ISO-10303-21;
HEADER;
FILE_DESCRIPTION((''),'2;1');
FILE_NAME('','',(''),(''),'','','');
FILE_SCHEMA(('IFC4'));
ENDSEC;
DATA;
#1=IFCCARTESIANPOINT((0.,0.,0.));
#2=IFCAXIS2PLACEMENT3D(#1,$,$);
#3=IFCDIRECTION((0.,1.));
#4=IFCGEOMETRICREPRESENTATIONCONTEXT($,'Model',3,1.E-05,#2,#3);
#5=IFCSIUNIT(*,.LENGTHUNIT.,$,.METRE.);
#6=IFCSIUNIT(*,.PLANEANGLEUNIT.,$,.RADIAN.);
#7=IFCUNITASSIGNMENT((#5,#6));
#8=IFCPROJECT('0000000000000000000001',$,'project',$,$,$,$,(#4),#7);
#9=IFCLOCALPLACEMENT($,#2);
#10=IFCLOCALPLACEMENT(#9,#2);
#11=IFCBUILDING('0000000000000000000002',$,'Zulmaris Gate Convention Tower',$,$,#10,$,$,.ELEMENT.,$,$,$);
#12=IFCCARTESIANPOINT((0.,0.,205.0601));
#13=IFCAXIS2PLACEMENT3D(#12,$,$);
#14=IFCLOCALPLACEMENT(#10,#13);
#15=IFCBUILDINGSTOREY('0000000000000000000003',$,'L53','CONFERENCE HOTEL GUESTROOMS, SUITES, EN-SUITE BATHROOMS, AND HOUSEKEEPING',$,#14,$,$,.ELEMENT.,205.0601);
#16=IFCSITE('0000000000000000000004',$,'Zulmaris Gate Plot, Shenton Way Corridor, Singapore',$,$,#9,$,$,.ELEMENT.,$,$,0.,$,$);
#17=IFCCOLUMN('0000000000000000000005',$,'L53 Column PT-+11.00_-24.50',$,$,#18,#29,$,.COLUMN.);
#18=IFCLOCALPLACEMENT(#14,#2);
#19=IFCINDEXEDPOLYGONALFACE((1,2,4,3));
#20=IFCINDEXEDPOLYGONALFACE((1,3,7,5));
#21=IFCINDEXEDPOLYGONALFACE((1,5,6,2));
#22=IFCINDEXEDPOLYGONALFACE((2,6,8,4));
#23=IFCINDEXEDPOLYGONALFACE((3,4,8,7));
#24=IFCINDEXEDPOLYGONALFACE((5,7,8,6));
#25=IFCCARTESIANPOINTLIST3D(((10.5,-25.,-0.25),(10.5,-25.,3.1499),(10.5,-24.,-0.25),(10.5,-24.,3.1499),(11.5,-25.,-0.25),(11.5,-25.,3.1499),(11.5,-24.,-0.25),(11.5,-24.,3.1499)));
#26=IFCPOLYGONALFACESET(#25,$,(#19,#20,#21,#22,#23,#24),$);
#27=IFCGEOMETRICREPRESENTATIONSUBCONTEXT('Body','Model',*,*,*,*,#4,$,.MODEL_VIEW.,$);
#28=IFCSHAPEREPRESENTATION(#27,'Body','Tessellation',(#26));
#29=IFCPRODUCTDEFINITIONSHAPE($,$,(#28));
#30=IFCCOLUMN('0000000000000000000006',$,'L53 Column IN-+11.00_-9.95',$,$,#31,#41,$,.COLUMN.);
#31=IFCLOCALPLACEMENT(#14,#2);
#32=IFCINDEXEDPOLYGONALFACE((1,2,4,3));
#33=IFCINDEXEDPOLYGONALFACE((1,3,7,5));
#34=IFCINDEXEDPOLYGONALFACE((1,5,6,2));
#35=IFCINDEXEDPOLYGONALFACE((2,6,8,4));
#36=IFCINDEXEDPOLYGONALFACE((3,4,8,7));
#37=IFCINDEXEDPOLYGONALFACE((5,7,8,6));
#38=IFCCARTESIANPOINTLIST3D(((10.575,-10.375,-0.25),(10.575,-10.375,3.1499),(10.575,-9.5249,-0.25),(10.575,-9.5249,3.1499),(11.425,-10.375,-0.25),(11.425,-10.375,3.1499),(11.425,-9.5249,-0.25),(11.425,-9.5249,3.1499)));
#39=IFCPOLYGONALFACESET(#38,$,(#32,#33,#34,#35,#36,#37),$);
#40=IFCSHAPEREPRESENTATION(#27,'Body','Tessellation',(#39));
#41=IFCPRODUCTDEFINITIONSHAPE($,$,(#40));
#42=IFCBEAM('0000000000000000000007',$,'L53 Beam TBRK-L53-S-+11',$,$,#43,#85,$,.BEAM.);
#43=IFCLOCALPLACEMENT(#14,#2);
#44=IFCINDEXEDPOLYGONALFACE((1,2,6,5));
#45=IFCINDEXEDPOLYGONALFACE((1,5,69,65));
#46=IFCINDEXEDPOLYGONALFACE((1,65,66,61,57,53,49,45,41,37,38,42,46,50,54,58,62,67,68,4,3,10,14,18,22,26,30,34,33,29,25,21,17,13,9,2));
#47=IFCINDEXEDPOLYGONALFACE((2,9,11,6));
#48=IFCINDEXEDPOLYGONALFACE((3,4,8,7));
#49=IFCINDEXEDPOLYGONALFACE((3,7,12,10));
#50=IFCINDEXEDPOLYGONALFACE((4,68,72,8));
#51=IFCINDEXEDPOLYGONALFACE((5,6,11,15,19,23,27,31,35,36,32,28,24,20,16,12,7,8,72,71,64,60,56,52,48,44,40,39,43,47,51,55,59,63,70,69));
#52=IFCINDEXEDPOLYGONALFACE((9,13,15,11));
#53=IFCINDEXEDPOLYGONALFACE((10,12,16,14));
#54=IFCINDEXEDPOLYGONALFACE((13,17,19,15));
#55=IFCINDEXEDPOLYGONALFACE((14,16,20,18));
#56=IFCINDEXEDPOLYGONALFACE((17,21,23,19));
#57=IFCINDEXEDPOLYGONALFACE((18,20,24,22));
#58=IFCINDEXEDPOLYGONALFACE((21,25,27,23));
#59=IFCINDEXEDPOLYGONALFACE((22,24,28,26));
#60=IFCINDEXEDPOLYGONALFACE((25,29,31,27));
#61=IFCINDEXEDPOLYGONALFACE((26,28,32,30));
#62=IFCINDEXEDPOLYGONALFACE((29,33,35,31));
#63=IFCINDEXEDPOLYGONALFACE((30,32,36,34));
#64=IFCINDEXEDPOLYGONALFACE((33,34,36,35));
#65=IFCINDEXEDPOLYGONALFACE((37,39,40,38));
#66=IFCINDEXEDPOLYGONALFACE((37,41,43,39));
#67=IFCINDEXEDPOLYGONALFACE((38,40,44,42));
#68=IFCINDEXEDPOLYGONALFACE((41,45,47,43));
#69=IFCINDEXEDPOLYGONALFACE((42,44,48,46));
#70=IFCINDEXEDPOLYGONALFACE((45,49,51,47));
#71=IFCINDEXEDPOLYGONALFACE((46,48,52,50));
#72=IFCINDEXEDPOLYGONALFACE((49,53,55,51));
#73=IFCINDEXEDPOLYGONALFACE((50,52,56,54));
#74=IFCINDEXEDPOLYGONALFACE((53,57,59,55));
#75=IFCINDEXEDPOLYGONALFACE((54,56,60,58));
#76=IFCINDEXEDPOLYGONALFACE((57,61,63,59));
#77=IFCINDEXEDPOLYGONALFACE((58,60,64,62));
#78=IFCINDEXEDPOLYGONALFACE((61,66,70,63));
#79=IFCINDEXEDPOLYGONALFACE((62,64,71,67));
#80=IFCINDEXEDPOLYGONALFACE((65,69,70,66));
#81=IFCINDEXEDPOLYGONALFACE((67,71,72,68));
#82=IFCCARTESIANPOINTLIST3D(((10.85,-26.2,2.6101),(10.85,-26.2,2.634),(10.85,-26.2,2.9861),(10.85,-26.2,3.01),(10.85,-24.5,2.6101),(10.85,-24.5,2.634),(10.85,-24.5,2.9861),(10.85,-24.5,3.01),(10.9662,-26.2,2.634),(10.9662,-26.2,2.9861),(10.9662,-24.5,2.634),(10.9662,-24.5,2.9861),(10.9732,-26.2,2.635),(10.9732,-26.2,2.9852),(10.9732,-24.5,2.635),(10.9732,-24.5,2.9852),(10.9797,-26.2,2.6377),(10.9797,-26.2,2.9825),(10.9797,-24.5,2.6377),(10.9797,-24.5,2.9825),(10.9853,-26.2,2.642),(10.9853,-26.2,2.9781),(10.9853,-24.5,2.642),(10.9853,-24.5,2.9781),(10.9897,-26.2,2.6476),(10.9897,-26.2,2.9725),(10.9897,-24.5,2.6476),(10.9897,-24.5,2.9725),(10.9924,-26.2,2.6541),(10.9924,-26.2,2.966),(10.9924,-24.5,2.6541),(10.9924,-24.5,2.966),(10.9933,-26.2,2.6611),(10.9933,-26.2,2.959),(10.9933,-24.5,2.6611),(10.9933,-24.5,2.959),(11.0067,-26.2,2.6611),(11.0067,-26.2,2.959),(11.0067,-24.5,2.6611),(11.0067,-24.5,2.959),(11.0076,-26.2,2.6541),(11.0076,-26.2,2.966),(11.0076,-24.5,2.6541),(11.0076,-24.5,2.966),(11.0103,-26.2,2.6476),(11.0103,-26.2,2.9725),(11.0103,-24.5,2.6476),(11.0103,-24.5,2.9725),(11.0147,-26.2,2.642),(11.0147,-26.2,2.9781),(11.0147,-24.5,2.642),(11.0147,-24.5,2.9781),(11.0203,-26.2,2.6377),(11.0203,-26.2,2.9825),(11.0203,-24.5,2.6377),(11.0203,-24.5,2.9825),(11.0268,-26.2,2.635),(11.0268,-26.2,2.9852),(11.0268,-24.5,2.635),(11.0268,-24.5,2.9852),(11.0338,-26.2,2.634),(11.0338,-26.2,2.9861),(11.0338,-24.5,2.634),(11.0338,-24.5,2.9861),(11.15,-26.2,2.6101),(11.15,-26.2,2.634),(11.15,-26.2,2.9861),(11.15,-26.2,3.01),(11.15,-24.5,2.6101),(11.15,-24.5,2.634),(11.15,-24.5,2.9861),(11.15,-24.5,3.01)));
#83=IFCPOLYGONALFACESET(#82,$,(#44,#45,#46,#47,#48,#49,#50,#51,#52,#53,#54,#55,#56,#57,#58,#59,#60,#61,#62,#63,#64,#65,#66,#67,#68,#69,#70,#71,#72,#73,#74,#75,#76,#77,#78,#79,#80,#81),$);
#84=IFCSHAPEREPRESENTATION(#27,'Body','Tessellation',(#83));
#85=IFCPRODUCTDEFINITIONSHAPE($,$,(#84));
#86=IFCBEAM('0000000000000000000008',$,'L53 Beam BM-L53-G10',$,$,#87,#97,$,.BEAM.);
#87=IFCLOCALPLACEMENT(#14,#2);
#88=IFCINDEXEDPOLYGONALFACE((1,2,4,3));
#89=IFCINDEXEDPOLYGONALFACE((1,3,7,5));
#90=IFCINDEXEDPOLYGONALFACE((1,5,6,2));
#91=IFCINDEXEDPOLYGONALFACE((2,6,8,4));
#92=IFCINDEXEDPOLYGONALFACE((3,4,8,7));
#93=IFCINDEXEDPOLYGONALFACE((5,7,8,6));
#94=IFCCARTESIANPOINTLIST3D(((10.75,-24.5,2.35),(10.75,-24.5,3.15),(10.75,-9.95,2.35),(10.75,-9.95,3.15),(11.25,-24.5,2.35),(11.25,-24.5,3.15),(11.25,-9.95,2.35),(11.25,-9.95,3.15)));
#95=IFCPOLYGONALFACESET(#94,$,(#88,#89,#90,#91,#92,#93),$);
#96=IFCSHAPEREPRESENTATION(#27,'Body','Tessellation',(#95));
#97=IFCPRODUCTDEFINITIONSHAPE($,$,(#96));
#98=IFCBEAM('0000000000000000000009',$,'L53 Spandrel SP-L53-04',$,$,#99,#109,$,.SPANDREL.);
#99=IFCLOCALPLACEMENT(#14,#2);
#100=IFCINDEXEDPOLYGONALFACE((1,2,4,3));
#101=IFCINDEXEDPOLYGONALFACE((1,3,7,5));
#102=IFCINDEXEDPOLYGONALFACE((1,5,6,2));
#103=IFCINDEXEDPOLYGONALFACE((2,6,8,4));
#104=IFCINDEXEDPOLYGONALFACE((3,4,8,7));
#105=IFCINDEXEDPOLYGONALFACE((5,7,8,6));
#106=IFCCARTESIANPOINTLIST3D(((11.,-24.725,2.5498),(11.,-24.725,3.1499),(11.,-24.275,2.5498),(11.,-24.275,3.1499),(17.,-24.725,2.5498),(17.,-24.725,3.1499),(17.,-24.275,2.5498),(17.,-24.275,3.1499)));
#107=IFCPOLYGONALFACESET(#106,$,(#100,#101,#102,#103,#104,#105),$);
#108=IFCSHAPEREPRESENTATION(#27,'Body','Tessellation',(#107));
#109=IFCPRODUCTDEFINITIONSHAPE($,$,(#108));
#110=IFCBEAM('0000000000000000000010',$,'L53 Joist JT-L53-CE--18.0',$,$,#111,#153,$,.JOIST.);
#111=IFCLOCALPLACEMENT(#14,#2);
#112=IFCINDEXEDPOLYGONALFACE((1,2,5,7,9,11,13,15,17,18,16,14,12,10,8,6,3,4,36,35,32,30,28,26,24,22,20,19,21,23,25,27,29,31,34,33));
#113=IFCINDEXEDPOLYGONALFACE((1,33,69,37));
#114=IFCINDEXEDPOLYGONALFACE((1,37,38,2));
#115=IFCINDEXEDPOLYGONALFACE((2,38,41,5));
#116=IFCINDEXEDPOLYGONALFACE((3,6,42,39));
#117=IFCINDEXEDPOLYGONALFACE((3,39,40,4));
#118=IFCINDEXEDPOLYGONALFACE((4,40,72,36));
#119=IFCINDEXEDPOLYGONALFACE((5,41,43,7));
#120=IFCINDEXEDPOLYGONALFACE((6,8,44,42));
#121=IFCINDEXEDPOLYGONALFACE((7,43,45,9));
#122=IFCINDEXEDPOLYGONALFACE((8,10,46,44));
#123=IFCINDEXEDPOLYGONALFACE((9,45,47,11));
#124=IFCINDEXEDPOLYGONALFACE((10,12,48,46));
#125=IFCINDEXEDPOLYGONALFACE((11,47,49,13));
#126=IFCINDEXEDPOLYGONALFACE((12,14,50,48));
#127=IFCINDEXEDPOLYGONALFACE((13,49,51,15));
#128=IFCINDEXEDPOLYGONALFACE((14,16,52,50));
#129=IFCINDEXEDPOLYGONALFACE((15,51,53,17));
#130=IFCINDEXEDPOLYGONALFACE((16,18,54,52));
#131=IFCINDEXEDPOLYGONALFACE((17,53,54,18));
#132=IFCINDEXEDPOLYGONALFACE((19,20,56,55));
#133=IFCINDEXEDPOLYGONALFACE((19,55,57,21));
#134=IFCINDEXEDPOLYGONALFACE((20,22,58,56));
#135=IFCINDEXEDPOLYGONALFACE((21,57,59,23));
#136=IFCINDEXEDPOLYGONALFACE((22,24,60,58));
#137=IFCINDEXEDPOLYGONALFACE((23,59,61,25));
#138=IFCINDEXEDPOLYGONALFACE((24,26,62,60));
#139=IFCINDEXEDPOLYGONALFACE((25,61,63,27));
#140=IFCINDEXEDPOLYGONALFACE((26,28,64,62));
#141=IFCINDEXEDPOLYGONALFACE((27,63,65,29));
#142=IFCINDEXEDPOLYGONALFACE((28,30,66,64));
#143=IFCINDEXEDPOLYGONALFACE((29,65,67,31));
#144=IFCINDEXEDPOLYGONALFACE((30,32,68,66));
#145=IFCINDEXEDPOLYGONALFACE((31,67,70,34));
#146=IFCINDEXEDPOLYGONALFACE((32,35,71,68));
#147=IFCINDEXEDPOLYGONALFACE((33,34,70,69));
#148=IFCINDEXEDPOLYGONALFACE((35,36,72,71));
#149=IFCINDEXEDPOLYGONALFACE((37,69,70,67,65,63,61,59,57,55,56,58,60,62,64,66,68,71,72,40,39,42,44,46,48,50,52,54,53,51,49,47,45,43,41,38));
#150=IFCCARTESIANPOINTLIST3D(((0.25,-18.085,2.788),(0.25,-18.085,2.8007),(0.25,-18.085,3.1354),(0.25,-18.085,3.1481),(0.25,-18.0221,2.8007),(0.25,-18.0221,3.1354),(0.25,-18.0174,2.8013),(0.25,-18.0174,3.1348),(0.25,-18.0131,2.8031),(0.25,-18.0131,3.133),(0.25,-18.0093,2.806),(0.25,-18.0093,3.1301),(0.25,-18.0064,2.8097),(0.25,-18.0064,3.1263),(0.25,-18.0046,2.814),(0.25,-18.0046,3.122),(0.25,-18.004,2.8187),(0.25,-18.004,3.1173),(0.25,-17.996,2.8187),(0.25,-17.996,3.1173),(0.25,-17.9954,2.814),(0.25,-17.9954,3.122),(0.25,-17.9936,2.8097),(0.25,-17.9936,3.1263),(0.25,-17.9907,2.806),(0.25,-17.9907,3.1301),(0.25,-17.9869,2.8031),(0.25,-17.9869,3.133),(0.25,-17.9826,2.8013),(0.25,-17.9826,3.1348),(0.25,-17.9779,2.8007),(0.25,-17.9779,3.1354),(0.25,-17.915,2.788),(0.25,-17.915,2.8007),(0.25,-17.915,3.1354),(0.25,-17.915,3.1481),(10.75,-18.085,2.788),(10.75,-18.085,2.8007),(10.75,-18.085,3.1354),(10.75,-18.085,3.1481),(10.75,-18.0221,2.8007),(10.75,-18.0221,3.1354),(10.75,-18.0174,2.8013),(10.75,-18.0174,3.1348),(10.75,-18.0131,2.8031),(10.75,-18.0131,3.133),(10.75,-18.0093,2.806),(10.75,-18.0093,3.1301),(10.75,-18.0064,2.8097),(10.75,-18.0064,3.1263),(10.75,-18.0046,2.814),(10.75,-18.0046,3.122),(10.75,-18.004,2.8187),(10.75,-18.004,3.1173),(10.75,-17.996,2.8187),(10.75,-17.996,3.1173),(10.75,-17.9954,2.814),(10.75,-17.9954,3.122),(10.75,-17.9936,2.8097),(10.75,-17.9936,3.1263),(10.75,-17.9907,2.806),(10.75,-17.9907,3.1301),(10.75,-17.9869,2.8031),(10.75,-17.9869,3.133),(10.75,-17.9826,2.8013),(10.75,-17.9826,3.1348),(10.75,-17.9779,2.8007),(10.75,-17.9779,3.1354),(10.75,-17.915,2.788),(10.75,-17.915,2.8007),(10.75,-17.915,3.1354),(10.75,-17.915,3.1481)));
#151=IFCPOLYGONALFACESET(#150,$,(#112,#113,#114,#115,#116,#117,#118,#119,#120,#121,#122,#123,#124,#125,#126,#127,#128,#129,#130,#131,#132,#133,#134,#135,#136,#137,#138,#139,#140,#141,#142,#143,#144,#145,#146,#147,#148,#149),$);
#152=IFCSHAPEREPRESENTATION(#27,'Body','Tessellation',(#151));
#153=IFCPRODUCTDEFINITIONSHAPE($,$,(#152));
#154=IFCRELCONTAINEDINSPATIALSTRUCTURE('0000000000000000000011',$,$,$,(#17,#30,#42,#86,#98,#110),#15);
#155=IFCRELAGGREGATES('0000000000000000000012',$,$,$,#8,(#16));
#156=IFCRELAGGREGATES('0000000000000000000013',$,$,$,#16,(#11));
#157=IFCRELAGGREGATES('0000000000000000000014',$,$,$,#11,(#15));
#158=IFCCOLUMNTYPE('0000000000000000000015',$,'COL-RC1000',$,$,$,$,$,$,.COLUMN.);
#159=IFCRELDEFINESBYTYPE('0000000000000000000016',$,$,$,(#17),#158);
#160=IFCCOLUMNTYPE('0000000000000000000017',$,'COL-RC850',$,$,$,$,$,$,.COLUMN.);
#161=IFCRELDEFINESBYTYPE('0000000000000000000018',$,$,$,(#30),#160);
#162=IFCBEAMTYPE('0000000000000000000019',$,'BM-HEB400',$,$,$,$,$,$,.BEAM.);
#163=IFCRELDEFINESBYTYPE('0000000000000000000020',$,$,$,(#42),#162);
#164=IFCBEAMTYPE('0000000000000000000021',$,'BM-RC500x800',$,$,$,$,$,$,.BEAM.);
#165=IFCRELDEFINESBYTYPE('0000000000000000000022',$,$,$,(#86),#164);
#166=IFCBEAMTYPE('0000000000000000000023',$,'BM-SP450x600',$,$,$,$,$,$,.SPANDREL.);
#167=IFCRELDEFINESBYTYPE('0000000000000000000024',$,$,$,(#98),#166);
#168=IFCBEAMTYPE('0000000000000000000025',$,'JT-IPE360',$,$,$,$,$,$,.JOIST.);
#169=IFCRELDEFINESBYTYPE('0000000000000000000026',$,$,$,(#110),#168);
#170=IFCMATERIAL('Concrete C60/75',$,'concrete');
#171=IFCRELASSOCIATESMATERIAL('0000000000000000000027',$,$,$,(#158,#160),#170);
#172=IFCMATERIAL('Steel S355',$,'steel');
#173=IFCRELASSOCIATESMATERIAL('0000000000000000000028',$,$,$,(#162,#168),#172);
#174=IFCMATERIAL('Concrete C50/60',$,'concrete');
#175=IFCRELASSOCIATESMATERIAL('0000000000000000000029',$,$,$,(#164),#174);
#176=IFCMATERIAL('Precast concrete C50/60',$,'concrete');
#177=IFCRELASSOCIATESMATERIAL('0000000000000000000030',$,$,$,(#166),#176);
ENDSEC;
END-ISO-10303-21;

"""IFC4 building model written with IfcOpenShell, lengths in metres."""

from ifc_helpers import new_model, si_unit, direction, frame, origin, origin_2d, place, context, subcontext, project, spatial, rectangle, i_section, extrude, material, material_profile, profile_set, type_object, element, save


model = new_model("IFC4")

# Units and contexts
model_context = context("Model", 3, precision=1e-05, world=origin(), true_north=direction((0.0, 1.0)))
body_context = subcontext(model_context, "Body", "Model", "MODEL_VIEW")
ifc_project = project(units=[si_unit("LENGTHUNIT", "METRE"), si_unit("PLANEANGLEUNIT", "RADIAN")], contexts=[model_context])

# Site, building, storey
site_placement = place(None, origin())
site = spatial("IfcSite", under=ifc_project, at=site_placement, Name="Zulmaris Gate Plot, Shenton Way Corridor, Singapore", CompositionType="ELEMENT", RefElevation=0.0)
building_placement = place(site_placement, origin())
building = spatial("IfcBuilding", under=site, at=building_placement, Name="Zulmaris Gate Convention Tower", CompositionType="ELEMENT")
storey_placement = place(building_placement, frame((0.0, 0.0, 205.0601)))
storey = spatial("IfcBuildingStorey", under=building, at=storey_placement, Name="L53", Description="CONFERENCE HOTEL GUESTROOMS, SUITES, EN-SUITE BATHROOMS, AND HOUSEKEEPING", CompositionType="ELEMENT", Elevation=205.0601)

# Columns
ifc_material_1 = material(Name="Concrete C60/75", Category="concrete")
ifc_material_profile_1 = material_profile(ifc_material_1, rectangle(XDim=1.0, YDim=1.0, at=origin_2d()), Name="RC COL 1000x1000")
ifc_profile_set_1 = profile_set([ifc_material_profile_1], Name="Concrete C60/75")
column_type_1 = type_object("IfcColumnType", Name="COL-RC1000", PredefinedType="COLUMN", material=ifc_profile_set_1)
column_1_placement = place(storey_placement, frame((11.0, -24.5, -0.25), z_axis=(0.0, 0.0, 1.0), x_axis=(1.0, 0.0, 0.0)))
element("IfcColumn", 1, at=column_1_placement, inside=storey, type_object=column_type_1, Name="L53 Column PT-+11.00_-24.50", PredefinedType="COLUMN", context=body_context, shape_type="SweptSolid", body=[
    extrude(rectangle(XDim=1.0, YDim=1.0, at=origin_2d()), origin(), (0.0, 0.0, 1.0), 3.3999),
])
ifc_material_profile_2 = material_profile(ifc_material_1, rectangle(XDim=0.8501, YDim=0.8501, at=origin_2d()), Name="RC COL 850x850")
ifc_profile_set_2 = profile_set([ifc_material_profile_2], Name="Concrete C60/75")
column_type_2 = type_object("IfcColumnType", Name="COL-RC850", PredefinedType="COLUMN", material=ifc_profile_set_2)
column_2_placement = place(storey_placement, frame((11.0, -9.95, -0.25), z_axis=(0.0, 0.0, 1.0), x_axis=(1.0, 0.0, 0.0)))
element("IfcColumn", 2, at=column_2_placement, inside=storey, type_object=column_type_2, Name="L53 Column IN-+11.00_-9.95", PredefinedType="COLUMN", context=body_context, shape_type="SweptSolid", body=[
    extrude(rectangle(XDim=0.8501, YDim=0.8501, at=origin_2d()), origin(), (0.0, 0.0, 1.0), 3.3999),
])

# Beams
ifc_material_2 = material(Name="Steel S355", Category="steel")
ifc_material_profile_3 = material_profile(ifc_material_2, i_section(OverallWidth=0.3, OverallDepth=0.3999, WebThickness=0.0134, FlangeThickness=0.0239, FilletRadius=0.0271, at=origin_2d()), Name="HEB 400")
ifc_profile_set_3 = profile_set([ifc_material_profile_3], Name="Steel S355")
beam_type_1 = type_object("IfcBeamType", Name="BM-HEB400", PredefinedType="BEAM", material=ifc_profile_set_3)
beam_1_placement = place(storey_placement, frame((11.0, -26.2, 2.8101), z_axis=(0.0, 1.0, 0.0), x_axis=(-1.0, 0.0, 0.0)))
element("IfcBeam", 3, at=beam_1_placement, inside=storey, type_object=beam_type_1, Name="L53 Beam TBRK-L53-S-+11", PredefinedType="BEAM", context=body_context, shape_type="SweptSolid", body=[
    extrude(i_section(OverallWidth=0.3, OverallDepth=0.3999, WebThickness=0.0134, FlangeThickness=0.0239, FilletRadius=0.0271, at=origin_2d()), origin(), (0.0, 0.0, 1.0), 1.7),
])
ifc_material_3 = material(Name="Concrete C50/60", Category="concrete")
ifc_material_profile_4 = material_profile(ifc_material_3, rectangle(XDim=0.5, YDim=0.8, at=origin_2d()), Name="RC BEAM 500x800")
ifc_profile_set_4 = profile_set([ifc_material_profile_4], Name="Concrete C50/60")
beam_type_2 = type_object("IfcBeamType", Name="BM-RC500x800", PredefinedType="BEAM", material=ifc_profile_set_4)
beam_2_placement = place(storey_placement, frame((11.0, -24.5, 2.75), z_axis=(0.0, 1.0, 0.0), x_axis=(-1.0, 0.0, 0.0)))
element("IfcBeam", 4, at=beam_2_placement, inside=storey, type_object=beam_type_2, Name="L53 Beam BM-L53-G10", PredefinedType="BEAM", context=body_context, shape_type="SweptSolid", body=[
    extrude(rectangle(XDim=0.5, YDim=0.8, at=origin_2d()), origin(), (0.0, 0.0, 1.0), 14.55),
])
ifc_material_4 = material(Name="Precast concrete C50/60", Category="concrete")
ifc_material_profile_5 = material_profile(ifc_material_4, rectangle(XDim=0.45, YDim=0.6001, at=origin_2d()), Name="RC SPANDREL 450x600")
ifc_profile_set_5 = profile_set([ifc_material_profile_5], Name="Precast concrete C50/60")
beam_type_3 = type_object("IfcBeamType", Name="BM-SP450x600", PredefinedType="SPANDREL", material=ifc_profile_set_5)
beam_3_placement = place(storey_placement, frame((11.0, -24.5, 2.8499), z_axis=(1.0, 0.0, 0.0), x_axis=(0.0, 1.0, 0.0)))
element("IfcBeam", 5, at=beam_3_placement, inside=storey, type_object=beam_type_3, Name="L53 Spandrel SP-L53-04", PredefinedType="SPANDREL", context=body_context, shape_type="SweptSolid", body=[
    extrude(rectangle(XDim=0.45, YDim=0.6001, at=origin_2d()), origin(), (0.0, 0.0, 1.0), 6.0),
])
ifc_material_profile_6 = material_profile(ifc_material_2, i_section(OverallWidth=0.1699, OverallDepth=0.3601, WebThickness=0.0081, FlangeThickness=0.0127, FilletRadius=0.0181, at=origin_2d()), Name="IPE 360")
ifc_profile_set_6 = profile_set([ifc_material_profile_6], Name="Steel S355")
beam_type_4 = type_object("IfcBeamType", Name="JT-IPE360", PredefinedType="JOIST", material=ifc_profile_set_6)
for number, where, z_axis, x_axis, name in (
    (6, (0.25, -18.0, 2.968), (1.0, 0.0, 0.0), (0.0, 1.0, 0.0), "L53 Joist JT-L53-CE--18.0"),
):
    element("IfcBeam", number, at=place(storey_placement, frame(where, z_axis=z_axis, x_axis=x_axis)), inside=storey, type_object=beam_type_4, Name=name, PredefinedType="JOIST", context=body_context, shape_type="SweptSolid", body=[
        extrude(i_section(OverallWidth=0.1699, OverallDepth=0.3601, WebThickness=0.0081, FlangeThickness=0.0127, FilletRadius=0.0181, at=origin_2d()), origin(), (0.0, 0.0, 1.0), 10.5),
    ])

save(model, "model.ifc")
